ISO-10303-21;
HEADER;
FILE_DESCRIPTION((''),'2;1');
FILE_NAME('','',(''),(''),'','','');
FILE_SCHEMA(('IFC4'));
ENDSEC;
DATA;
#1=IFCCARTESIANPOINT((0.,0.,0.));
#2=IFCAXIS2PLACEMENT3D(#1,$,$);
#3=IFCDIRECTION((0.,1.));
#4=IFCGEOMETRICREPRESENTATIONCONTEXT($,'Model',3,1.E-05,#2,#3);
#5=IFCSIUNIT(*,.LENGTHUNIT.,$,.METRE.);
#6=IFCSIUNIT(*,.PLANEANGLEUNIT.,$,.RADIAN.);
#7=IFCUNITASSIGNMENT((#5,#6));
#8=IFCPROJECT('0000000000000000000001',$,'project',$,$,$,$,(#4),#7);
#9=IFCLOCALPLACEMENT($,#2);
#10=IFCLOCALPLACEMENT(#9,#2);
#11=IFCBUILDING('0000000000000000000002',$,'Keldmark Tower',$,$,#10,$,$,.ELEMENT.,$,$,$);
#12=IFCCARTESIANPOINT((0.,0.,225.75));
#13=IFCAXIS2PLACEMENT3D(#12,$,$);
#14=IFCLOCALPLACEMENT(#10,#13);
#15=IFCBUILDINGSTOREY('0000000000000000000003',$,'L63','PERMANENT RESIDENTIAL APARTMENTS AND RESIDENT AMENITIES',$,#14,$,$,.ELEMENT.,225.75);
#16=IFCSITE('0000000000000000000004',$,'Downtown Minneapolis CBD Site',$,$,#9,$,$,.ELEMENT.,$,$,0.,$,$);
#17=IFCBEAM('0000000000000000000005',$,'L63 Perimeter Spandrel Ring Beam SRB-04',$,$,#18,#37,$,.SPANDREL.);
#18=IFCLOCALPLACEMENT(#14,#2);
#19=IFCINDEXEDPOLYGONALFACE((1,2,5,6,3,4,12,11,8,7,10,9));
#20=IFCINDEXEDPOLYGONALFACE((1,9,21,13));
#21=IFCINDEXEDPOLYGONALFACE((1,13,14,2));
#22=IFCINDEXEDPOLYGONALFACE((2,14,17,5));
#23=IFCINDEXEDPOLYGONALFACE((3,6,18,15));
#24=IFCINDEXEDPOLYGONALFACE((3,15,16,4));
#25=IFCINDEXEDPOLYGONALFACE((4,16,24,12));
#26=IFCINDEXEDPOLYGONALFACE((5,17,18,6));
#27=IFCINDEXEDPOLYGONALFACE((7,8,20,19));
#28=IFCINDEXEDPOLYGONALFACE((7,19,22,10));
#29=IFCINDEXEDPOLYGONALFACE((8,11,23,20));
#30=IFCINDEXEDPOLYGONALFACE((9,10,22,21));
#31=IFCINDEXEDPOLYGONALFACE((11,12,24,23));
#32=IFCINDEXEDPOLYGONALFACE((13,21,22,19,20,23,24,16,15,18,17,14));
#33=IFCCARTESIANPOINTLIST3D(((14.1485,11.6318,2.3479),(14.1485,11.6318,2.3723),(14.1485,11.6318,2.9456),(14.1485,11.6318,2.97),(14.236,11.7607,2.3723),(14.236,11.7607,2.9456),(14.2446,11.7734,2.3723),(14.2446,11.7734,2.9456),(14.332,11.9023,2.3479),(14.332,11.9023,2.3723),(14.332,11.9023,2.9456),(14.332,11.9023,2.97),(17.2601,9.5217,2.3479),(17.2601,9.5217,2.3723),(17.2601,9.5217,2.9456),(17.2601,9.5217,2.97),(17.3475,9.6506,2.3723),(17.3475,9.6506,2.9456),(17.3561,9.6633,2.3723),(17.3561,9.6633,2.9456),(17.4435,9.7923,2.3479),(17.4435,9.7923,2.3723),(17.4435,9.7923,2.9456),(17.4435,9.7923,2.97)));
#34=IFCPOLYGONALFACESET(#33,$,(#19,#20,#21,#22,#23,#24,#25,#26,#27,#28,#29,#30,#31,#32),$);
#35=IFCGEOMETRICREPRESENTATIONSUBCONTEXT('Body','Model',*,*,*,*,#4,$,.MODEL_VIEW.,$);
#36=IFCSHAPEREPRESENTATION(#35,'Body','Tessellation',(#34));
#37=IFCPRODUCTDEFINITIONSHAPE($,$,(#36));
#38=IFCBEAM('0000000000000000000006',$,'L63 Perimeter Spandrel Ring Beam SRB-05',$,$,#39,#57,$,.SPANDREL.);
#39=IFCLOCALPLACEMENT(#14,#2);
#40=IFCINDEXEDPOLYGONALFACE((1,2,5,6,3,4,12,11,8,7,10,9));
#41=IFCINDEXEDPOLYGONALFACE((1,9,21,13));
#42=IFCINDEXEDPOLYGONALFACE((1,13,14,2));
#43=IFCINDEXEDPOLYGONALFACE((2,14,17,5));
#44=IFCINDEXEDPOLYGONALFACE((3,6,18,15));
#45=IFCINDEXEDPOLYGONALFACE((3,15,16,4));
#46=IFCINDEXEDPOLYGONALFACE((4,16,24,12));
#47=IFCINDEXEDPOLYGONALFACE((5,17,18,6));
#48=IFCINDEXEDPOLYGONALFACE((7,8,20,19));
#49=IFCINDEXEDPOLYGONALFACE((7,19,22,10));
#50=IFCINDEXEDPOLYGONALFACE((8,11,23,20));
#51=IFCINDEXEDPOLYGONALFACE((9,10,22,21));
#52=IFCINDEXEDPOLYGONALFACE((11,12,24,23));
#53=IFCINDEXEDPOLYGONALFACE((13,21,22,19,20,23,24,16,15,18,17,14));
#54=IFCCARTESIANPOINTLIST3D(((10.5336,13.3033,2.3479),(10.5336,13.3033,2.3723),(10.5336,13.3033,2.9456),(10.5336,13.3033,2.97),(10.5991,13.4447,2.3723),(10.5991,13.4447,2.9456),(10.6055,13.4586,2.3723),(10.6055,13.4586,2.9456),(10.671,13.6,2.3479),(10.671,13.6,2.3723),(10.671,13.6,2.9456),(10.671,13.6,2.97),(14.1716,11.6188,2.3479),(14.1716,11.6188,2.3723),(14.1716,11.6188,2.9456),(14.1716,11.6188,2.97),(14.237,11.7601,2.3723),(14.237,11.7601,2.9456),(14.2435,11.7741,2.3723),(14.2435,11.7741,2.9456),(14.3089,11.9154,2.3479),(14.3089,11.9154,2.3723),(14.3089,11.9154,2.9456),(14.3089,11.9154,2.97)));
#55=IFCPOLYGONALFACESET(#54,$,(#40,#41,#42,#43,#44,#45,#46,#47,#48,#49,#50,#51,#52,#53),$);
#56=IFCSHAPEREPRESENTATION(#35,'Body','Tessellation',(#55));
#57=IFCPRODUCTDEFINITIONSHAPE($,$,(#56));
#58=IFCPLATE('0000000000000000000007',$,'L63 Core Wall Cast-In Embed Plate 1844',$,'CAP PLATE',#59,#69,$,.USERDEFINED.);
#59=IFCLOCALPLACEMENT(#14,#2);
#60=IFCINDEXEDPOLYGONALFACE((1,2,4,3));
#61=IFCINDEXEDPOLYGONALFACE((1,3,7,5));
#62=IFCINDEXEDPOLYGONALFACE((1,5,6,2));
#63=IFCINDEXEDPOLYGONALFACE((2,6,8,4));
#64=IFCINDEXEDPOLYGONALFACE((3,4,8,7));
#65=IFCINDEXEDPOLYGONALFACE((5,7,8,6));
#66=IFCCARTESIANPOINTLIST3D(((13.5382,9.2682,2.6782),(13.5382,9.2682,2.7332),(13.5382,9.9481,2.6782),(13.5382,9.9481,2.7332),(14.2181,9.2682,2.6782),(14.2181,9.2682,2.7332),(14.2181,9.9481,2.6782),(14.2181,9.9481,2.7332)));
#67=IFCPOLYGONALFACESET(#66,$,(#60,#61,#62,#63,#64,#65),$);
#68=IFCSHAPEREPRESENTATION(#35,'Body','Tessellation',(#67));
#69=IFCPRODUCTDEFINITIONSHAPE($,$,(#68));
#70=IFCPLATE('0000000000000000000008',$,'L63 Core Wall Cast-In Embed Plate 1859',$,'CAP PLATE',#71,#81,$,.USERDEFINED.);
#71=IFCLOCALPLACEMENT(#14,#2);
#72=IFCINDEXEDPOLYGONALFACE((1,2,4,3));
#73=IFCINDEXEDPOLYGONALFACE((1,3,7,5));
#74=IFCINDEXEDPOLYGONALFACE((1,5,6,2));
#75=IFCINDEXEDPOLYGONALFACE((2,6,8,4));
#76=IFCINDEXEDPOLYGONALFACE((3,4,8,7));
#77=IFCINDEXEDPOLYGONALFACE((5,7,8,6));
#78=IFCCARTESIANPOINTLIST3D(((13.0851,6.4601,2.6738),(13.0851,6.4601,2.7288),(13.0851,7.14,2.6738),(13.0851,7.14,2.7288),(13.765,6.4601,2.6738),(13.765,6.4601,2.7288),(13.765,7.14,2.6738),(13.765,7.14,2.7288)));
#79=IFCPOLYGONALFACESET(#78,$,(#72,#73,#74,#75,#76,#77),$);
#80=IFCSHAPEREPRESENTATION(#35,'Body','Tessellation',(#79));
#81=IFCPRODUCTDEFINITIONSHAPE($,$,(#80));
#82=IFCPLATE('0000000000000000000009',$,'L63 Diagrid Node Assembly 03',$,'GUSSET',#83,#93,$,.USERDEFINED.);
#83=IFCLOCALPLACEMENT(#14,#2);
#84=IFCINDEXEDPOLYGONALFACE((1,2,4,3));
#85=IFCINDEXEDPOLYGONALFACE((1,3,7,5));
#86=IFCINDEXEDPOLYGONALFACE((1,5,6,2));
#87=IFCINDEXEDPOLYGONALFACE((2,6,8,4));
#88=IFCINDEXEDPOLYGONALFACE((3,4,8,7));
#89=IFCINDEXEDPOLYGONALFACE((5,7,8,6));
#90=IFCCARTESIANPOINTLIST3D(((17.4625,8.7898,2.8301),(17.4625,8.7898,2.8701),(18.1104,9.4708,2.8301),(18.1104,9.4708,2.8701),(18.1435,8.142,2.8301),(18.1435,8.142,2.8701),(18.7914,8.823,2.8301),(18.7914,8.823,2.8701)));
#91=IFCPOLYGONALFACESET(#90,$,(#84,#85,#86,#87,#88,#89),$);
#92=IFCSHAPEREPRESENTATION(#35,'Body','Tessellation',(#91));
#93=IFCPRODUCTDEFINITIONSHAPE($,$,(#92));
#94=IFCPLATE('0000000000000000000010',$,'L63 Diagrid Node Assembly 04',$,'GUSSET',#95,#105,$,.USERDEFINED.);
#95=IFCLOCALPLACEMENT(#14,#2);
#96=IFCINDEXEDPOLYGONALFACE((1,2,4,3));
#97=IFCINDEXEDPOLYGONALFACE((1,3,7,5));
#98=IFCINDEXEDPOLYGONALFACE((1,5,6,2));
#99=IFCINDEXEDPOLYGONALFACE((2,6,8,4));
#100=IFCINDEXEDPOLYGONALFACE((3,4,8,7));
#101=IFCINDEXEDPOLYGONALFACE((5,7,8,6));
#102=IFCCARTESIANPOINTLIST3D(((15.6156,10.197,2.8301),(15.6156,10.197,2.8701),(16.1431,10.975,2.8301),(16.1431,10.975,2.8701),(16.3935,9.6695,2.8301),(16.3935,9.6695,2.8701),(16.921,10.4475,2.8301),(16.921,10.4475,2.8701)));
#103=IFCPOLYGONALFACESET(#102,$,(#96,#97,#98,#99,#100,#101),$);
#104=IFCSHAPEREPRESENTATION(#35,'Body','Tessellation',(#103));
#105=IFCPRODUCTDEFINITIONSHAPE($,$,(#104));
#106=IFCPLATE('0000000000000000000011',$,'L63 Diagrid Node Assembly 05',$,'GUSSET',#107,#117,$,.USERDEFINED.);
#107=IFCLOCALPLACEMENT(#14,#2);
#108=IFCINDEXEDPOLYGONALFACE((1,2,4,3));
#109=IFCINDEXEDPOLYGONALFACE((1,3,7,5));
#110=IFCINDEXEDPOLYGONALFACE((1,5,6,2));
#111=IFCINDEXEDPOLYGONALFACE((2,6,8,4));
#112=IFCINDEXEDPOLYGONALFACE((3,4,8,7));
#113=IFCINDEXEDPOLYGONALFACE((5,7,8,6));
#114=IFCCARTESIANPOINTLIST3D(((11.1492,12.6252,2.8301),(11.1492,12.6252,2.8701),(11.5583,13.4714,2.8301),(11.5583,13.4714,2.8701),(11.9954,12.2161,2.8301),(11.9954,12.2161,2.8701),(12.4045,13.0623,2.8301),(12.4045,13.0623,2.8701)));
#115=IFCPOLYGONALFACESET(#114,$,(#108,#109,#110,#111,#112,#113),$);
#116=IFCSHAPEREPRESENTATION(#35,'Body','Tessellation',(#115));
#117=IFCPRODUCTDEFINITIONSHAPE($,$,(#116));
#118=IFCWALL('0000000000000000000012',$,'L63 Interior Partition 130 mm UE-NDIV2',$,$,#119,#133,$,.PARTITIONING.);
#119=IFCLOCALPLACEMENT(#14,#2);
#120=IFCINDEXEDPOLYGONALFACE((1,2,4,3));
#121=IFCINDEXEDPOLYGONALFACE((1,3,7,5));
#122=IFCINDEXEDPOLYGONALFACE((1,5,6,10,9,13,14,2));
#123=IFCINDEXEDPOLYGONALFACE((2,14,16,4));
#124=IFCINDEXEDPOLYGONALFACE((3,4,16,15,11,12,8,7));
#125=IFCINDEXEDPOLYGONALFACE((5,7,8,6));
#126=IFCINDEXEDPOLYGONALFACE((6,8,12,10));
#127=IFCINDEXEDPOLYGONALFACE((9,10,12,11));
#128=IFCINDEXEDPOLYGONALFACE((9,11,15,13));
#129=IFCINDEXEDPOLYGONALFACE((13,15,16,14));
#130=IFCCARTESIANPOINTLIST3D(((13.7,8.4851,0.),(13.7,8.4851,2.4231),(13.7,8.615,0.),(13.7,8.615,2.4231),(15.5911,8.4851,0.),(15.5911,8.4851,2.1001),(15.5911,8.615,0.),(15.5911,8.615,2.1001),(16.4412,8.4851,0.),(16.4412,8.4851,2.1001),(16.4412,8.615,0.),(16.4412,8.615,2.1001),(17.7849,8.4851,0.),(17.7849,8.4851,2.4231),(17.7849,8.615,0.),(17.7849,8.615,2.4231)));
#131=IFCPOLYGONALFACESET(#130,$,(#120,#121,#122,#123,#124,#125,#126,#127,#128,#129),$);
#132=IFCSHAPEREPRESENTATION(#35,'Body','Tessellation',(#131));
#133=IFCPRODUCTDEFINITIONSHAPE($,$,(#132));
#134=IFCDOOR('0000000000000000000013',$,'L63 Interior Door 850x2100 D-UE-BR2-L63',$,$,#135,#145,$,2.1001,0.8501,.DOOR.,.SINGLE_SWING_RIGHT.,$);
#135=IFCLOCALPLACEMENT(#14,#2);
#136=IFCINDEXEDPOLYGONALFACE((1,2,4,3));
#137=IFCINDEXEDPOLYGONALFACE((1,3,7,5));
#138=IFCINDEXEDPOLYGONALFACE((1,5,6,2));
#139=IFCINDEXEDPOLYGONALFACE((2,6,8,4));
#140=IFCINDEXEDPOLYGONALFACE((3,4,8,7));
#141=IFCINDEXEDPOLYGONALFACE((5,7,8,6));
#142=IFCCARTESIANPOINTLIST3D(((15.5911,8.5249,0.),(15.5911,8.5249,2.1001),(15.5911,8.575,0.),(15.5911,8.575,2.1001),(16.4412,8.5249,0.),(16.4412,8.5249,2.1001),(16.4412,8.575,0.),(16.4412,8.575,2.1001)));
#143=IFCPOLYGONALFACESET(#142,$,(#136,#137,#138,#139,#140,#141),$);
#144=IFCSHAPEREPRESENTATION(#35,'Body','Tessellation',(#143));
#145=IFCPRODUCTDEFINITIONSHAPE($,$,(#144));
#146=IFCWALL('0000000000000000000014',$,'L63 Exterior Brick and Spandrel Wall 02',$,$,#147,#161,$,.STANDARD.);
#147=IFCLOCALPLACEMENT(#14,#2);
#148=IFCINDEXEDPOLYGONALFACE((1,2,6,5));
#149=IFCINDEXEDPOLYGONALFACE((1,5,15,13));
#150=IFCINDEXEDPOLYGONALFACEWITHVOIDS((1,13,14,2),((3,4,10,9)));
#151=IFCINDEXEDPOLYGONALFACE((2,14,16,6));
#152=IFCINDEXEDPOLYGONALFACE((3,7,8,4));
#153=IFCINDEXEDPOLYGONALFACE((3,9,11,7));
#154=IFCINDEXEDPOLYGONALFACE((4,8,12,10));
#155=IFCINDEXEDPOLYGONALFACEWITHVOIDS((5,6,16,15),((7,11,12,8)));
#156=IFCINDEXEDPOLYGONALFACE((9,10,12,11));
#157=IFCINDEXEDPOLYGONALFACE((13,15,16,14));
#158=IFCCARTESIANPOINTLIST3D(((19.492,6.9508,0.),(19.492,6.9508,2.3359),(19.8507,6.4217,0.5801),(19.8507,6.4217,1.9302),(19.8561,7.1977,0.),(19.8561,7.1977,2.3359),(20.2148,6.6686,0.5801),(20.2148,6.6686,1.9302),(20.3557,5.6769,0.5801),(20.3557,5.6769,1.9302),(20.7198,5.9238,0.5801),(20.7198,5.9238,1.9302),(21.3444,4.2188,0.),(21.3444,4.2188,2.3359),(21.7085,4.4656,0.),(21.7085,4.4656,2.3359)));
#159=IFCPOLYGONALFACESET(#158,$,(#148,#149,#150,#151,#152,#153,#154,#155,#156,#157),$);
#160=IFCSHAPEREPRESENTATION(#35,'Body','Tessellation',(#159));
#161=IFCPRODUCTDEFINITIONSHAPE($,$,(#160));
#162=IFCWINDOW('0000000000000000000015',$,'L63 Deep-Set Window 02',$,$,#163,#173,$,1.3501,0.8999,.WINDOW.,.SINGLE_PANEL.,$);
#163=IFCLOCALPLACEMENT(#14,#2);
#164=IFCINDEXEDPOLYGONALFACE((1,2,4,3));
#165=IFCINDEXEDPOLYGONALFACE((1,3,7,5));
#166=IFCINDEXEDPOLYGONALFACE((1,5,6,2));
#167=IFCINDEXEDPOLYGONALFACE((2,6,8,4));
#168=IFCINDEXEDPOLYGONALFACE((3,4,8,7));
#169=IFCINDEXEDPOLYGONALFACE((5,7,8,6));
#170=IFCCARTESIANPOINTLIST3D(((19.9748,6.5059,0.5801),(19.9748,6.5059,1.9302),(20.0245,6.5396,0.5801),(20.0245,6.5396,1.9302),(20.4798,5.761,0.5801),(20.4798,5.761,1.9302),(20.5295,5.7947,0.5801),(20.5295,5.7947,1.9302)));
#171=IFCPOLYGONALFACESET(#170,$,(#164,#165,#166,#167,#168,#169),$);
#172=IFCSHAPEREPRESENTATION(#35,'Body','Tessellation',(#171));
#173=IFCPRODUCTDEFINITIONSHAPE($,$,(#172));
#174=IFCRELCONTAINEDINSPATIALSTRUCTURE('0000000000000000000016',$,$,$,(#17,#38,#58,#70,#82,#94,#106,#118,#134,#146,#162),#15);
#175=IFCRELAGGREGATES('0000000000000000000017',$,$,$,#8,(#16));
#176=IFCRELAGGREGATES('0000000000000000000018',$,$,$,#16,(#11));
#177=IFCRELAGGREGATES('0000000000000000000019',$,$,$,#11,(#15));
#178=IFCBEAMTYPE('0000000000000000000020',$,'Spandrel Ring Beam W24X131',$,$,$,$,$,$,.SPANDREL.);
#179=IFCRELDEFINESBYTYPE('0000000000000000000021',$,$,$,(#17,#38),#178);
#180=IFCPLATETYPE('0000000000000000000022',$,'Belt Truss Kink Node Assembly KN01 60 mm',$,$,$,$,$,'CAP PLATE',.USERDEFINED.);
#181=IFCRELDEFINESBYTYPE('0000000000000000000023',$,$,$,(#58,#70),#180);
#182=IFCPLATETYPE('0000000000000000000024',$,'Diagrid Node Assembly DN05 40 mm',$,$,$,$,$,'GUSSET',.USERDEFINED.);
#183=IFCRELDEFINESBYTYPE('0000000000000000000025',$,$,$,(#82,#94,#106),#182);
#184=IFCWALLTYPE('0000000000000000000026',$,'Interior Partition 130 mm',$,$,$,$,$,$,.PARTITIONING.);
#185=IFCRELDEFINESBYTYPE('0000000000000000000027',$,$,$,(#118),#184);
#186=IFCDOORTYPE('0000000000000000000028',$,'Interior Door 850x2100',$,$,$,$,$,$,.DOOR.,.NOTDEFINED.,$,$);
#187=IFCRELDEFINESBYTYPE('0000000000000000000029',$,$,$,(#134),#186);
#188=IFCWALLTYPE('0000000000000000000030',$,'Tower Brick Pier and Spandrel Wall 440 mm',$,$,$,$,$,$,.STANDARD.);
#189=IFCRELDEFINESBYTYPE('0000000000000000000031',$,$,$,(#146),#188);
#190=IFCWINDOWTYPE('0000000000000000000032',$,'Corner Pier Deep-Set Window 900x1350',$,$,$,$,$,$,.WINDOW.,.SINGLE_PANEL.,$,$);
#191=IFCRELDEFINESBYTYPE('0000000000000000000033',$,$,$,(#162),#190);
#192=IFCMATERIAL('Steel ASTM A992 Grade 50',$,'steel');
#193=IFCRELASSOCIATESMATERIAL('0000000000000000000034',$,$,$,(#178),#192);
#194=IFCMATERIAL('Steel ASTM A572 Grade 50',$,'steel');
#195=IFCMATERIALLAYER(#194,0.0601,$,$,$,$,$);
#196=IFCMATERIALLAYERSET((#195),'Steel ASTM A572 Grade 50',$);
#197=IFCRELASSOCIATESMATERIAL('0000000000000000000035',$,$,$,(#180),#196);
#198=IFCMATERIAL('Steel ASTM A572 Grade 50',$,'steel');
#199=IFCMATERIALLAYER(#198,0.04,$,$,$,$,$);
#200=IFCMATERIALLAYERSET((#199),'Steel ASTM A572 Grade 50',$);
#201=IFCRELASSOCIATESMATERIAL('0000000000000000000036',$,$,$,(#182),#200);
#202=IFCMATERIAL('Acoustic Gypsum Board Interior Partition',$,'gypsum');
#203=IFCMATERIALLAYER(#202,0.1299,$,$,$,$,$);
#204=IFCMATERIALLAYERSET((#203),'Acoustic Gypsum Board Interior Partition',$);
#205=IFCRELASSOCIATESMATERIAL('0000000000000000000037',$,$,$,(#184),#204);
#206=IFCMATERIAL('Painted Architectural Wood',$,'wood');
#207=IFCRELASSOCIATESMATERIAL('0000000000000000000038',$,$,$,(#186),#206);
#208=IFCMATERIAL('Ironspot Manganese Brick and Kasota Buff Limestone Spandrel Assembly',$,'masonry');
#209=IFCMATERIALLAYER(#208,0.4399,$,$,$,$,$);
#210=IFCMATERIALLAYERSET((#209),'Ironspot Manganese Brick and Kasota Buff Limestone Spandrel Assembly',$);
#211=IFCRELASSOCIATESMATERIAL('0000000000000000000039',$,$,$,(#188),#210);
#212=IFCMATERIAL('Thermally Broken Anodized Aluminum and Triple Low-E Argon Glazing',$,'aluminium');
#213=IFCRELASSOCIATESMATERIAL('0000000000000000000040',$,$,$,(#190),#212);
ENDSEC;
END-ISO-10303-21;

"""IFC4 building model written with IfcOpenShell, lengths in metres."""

from ifc_helpers import new_model, si_unit, direction, frame, frame_2d, origin, origin_2d, place, context, subcontext, project, spatial, rectangle, i_section, extrude, material, layer, layer_set, material_profile, profile_set, type_object, element, fill, save


model = new_model("IFC4")

# Units and contexts
model_context = context("Model", 3, precision=1e-05, world=origin(), true_north=direction((0.0, 1.0)))
body_context = subcontext(model_context, "Body", "Model", "MODEL_VIEW")
ifc_project = project(units=[si_unit("LENGTHUNIT", "METRE"), si_unit("PLANEANGLEUNIT", "RADIAN")], contexts=[model_context])

# Site, building, storey
site_placement = place(None, origin())
site = spatial("IfcSite", under=ifc_project, at=site_placement, Name="Downtown Minneapolis CBD Site", CompositionType="ELEMENT", RefElevation=0.0)
building_placement = place(site_placement, origin())
building = spatial("IfcBuilding", under=site, at=building_placement, Name="Keldmark Tower", CompositionType="ELEMENT")
storey_placement = place(building_placement, frame((0.0, 0.0, 225.75)))
storey = spatial("IfcBuildingStorey", under=building, at=storey_placement, Name="L63", Description="PERMANENT RESIDENTIAL APARTMENTS AND RESIDENT AMENITIES", CompositionType="ELEMENT", Elevation=225.75)

# Beams
ifc_material_1 = material(Name="Steel ASTM A992 Grade 50", Category="steel")
ifc_material_profile_1 = material_profile(ifc_material_1, i_section(OverallWidth=0.3269, OverallDepth=0.6221, WebThickness=0.0154, FlangeThickness=0.0244, at=origin_2d()), Name="W24X131")
ifc_profile_set_1 = profile_set([ifc_material_profile_1], Name="Steel ASTM A992 Grade 50")
beam_type_1 = type_object("IfcBeamType", Name="Spandrel Ring Beam W24X131", PredefinedType="SPANDREL", material=ifc_profile_set_1)
beam_1_placement = place(storey_placement, frame((17.3518, 9.657, 2.6589), z_axis=(-0.827638, 0.561262, 0.0), x_axis=(-0.561262, -0.827638, 0.0)))
element("IfcBeam", 1, at=beam_1_placement, inside=storey, type_object=beam_type_1, Name="L63 Perimeter Spandrel Ring Beam SRB-04", PredefinedType="SPANDREL", context=body_context, shape_type="SweptSolid", body=[
    extrude(i_section(OverallWidth=0.3269, OverallDepth=0.6221, WebThickness=0.0154, FlangeThickness=0.0244, at=origin_2d()), origin(), (0.0, 0.0, 1.0), 3.7595),
])
beam_2_placement = place(storey_placement, frame((14.2402, 11.7671, 2.6589), z_axis=(-0.907435, 0.420193, 0.0), x_axis=(-0.420193, -0.907435, 0.0)))
element("IfcBeam", 2, at=beam_2_placement, inside=storey, type_object=beam_type_1, Name="L63 Perimeter Spandrel Ring Beam SRB-05", PredefinedType="SPANDREL", context=body_context, shape_type="SweptSolid", body=[
    extrude(i_section(OverallWidth=0.3269, OverallDepth=0.6221, WebThickness=0.0154, FlangeThickness=0.0244, at=origin_2d()), origin(), (0.0, 0.0, 1.0), 4.009),
])

# Plates
ifc_material_2 = material(Name="Steel ASTM A572 Grade 50", Category="steel")
ifc_layer_1 = layer(ifc_material_2, 0.0601)
ifc_layer_set_1 = layer_set([ifc_layer_1], Name="Steel ASTM A572 Grade 50")
plate_type_1 = type_object("IfcPlateType", Name="Belt Truss Kink Node Assembly KN01 60 mm", ElementType="CAP PLATE", PredefinedType="USERDEFINED", material=ifc_layer_set_1)
for number, where, z_axis, x_axis, name in (
    (3, (13.8782, 9.6082, 2.6782), (0.0, 0.0, 1.0), (1.0, 0.0, 0.0), "L63 Core Wall Cast-In Embed Plate 1844"),
    (4, (13.425, 6.8, 2.6738), (0.0, 0.0, 1.0), (1.0, 0.0, 0.0), "L63 Core Wall Cast-In Embed Plate 1859"),
):
    element("IfcPlate", number, at=place(storey_placement, frame(where, z_axis=z_axis, x_axis=x_axis)), inside=storey, type_object=plate_type_1, Name=name, ObjectType="CAP PLATE", PredefinedType="USERDEFINED", context=body_context, shape_type="SweptSolid", body=[
        extrude(rectangle(XDim=0.6799, YDim=0.6799, at=origin_2d()), origin(), (0.0, 0.0, 1.0), 0.0549),
    ])
ifc_material_3 = material(Name="Steel ASTM A572 Grade 50", Category="steel")
ifc_layer_2 = layer(ifc_material_3, 0.04)
ifc_layer_set_2 = layer_set([ifc_layer_2], Name="Steel ASTM A572 Grade 50")
plate_type_2 = type_object("IfcPlateType", Name="Diagrid Node Assembly DN05 40 mm", ElementType="GUSSET", PredefinedType="USERDEFINED", material=ifc_layer_set_2)
for number, where, z_axis, x_axis, name in (
    (5, (18.127, 8.8064, 2.8301), (0.0, 0.0, 1.0), (-0.724533, 0.68924, 0.0), "L63 Diagrid Node Assembly 03"),
    (6, (16.2683, 10.3223, 2.8301), (0.0, 0.0, 1.0), (-0.827669, 0.561217, 0.0), "L63 Diagrid Node Assembly 04"),
    (7, (11.7769, 12.8438, 2.8301), (0.0, 0.0, 1.0), (-0.900319, 0.435231, 0.0), "L63 Diagrid Node Assembly 05"),
):
    element("IfcPlate", number, at=place(storey_placement, frame(where, z_axis=z_axis, x_axis=x_axis)), inside=storey, type_object=plate_type_2, Name=name, ObjectType="GUSSET", PredefinedType="USERDEFINED", context=body_context, shape_type="SweptSolid", body=[
        extrude(rectangle(XDim=0.9399, YDim=0.9399, at=origin_2d()), origin(), (0.0, 0.0, 1.0), 0.04),
    ])

# Wall, opening, door
ifc_material_4 = material(Name="Acoustic Gypsum Board Interior Partition", Category="gypsum")
ifc_layer_3 = layer(ifc_material_4, 0.1299)
ifc_layer_set_3 = layer_set([ifc_layer_3], Name="Acoustic Gypsum Board Interior Partition")
wall_type_1 = type_object("IfcWallType", Name="Interior Partition 130 mm", PredefinedType="PARTITIONING", material=ifc_layer_set_3)
wall_1_placement = place(storey_placement, frame((13.7, 8.55, 0.0), z_axis=(0.0, 0.0, 1.0), x_axis=(1.0, 0.0, 0.0)))
wall_1 = element("IfcWall", 8, at=wall_1_placement, inside=storey, type_object=wall_type_1, Name="L63 Interior Partition 130 mm UE-NDIV2", PredefinedType="PARTITIONING", context=body_context, shape_type="SweptSolid", body=[
    extrude(rectangle(XDim=4.085, YDim=0.1299, at=frame_2d((2.0425, 0.0))), origin(), (0.0, 0.0, 1.0), 2.4231),
])
opening_1_placement = place(wall_1_placement, frame((1.8911, 0.0, 0.0)))
opening_1 = element("IfcOpeningElement", 9, at=opening_1_placement, cuts=wall_1, PredefinedType="OPENING", context=body_context, shape_type="SweptSolid", body=[
    extrude(rectangle(XDim=0.8501, YDim=2.1001, at=frame_2d((0.425, 1.05))), frame((0.0, 0.075, 0.0), z_axis=(0.0, -1.0, 0.0), x_axis=(1.0, 0.0, 0.0)), (0.0, 0.0, 1.0), 0.1499),
])
ifc_material_5 = material(Name="Painted Architectural Wood", Category="wood")
door_type = type_object("IfcDoorType", Name="Interior Door 850x2100", OperationType="NOTDEFINED", PredefinedType="DOOR", material=ifc_material_5)
door_placement = place(opening_1_placement, origin())
door = element("IfcDoor", 10, at=door_placement, inside=storey, type_object=door_type, Name="L63 Interior Door 850x2100 D-UE-BR2-L63", OperationType="SINGLE_SWING_RIGHT", OverallHeight=2.1001, OverallWidth=0.8501, PredefinedType="DOOR", context=body_context, shape_type="SweptSolid", body=[
    extrude(rectangle(XDim=0.8501, YDim=2.1001, at=frame_2d((0.425, 1.05))), frame((0.0, 0.0249, 0.0), z_axis=(0.0, -1.0, 0.0), x_axis=(1.0, 0.0, 0.0)), (0.0, 0.0, 1.0), 0.05),
])
fill(opening_1, door)

# Wall, opening, window
ifc_material_6 = material(Name="Ironspot Manganese Brick and Kasota Buff Limestone Spandrel Assembly", Category="masonry")
ifc_layer_4 = layer(ifc_material_6, 0.4399)
ifc_layer_set_4 = layer_set([ifc_layer_4], Name="Ironspot Manganese Brick and Kasota Buff Limestone Spandrel Assembly")
wall_type_2 = type_object("IfcWallType", Name="Tower Brick Pier and Spandrel Wall 440 mm", PredefinedType="STANDARD", material=ifc_layer_set_4)
wall_2_placement = place(storey_placement, frame((19.6741, 7.0742, 0.0), z_axis=(0.0, 0.0, 1.0), x_axis=(0.561187, -0.827689, 0.0)))
wall_2 = element("IfcWall", 11, at=wall_2_placement, inside=storey, type_object=wall_type_2, Name="L63 Exterior Brick and Spandrel Wall 02", PredefinedType="STANDARD", context=body_context, shape_type="SweptSolid", body=[
    extrude(rectangle(XDim=3.3008, YDim=0.4399, at=frame_2d((1.6504, 0.0))), origin(), (0.0, 0.0, 1.0), 2.3359),
])
opening_2_placement = place(wall_2_placement, frame((0.6392, 0.0, 0.5801)))
opening_2 = element("IfcOpeningElement", 12, at=opening_2_placement, cuts=wall_2, PredefinedType="OPENING", context=body_context, shape_type="SweptSolid", body=[
    extrude(rectangle(XDim=0.8999, YDim=1.3501, at=frame_2d((0.45, 0.675))), frame((0.0, 0.23, 0.0), z_axis=(0.0, -1.0, 0.0), x_axis=(1.0, 0.0, 0.0)), (0.0, 0.0, 1.0), 0.46),
])
ifc_material_7 = material(Name="Thermally Broken Anodized Aluminum and Triple Low-E Argon Glazing", Category="aluminium")
window_type_1 = type_object("IfcWindowType", Name="Corner Pier Deep-Set Window 900x1350", PartitioningType="SINGLE_PANEL", PredefinedType="WINDOW", material=ifc_material_7)
window_1_placement = place(opening_2_placement, origin())
window_1 = element("IfcWindow", 13, at=window_1_placement, inside=storey, type_object=window_type_1, Name="L63 Deep-Set Window 02", OverallHeight=1.3501, OverallWidth=0.8999, PartitioningType="SINGLE_PANEL", PredefinedType="WINDOW", context=body_context, shape_type="SweptSolid", body=[
    extrude(rectangle(XDim=0.8999, YDim=1.3501, at=frame_2d((0.45, 0.675))), frame((0.0, -0.01, 0.0), z_axis=(0.0, -1.0, 0.0), x_axis=(1.0, 0.0, 0.0)), (0.0, 0.0, 1.0), 0.0601),
])
fill(opening_2, window_1)

save(model, "model.ifc")
